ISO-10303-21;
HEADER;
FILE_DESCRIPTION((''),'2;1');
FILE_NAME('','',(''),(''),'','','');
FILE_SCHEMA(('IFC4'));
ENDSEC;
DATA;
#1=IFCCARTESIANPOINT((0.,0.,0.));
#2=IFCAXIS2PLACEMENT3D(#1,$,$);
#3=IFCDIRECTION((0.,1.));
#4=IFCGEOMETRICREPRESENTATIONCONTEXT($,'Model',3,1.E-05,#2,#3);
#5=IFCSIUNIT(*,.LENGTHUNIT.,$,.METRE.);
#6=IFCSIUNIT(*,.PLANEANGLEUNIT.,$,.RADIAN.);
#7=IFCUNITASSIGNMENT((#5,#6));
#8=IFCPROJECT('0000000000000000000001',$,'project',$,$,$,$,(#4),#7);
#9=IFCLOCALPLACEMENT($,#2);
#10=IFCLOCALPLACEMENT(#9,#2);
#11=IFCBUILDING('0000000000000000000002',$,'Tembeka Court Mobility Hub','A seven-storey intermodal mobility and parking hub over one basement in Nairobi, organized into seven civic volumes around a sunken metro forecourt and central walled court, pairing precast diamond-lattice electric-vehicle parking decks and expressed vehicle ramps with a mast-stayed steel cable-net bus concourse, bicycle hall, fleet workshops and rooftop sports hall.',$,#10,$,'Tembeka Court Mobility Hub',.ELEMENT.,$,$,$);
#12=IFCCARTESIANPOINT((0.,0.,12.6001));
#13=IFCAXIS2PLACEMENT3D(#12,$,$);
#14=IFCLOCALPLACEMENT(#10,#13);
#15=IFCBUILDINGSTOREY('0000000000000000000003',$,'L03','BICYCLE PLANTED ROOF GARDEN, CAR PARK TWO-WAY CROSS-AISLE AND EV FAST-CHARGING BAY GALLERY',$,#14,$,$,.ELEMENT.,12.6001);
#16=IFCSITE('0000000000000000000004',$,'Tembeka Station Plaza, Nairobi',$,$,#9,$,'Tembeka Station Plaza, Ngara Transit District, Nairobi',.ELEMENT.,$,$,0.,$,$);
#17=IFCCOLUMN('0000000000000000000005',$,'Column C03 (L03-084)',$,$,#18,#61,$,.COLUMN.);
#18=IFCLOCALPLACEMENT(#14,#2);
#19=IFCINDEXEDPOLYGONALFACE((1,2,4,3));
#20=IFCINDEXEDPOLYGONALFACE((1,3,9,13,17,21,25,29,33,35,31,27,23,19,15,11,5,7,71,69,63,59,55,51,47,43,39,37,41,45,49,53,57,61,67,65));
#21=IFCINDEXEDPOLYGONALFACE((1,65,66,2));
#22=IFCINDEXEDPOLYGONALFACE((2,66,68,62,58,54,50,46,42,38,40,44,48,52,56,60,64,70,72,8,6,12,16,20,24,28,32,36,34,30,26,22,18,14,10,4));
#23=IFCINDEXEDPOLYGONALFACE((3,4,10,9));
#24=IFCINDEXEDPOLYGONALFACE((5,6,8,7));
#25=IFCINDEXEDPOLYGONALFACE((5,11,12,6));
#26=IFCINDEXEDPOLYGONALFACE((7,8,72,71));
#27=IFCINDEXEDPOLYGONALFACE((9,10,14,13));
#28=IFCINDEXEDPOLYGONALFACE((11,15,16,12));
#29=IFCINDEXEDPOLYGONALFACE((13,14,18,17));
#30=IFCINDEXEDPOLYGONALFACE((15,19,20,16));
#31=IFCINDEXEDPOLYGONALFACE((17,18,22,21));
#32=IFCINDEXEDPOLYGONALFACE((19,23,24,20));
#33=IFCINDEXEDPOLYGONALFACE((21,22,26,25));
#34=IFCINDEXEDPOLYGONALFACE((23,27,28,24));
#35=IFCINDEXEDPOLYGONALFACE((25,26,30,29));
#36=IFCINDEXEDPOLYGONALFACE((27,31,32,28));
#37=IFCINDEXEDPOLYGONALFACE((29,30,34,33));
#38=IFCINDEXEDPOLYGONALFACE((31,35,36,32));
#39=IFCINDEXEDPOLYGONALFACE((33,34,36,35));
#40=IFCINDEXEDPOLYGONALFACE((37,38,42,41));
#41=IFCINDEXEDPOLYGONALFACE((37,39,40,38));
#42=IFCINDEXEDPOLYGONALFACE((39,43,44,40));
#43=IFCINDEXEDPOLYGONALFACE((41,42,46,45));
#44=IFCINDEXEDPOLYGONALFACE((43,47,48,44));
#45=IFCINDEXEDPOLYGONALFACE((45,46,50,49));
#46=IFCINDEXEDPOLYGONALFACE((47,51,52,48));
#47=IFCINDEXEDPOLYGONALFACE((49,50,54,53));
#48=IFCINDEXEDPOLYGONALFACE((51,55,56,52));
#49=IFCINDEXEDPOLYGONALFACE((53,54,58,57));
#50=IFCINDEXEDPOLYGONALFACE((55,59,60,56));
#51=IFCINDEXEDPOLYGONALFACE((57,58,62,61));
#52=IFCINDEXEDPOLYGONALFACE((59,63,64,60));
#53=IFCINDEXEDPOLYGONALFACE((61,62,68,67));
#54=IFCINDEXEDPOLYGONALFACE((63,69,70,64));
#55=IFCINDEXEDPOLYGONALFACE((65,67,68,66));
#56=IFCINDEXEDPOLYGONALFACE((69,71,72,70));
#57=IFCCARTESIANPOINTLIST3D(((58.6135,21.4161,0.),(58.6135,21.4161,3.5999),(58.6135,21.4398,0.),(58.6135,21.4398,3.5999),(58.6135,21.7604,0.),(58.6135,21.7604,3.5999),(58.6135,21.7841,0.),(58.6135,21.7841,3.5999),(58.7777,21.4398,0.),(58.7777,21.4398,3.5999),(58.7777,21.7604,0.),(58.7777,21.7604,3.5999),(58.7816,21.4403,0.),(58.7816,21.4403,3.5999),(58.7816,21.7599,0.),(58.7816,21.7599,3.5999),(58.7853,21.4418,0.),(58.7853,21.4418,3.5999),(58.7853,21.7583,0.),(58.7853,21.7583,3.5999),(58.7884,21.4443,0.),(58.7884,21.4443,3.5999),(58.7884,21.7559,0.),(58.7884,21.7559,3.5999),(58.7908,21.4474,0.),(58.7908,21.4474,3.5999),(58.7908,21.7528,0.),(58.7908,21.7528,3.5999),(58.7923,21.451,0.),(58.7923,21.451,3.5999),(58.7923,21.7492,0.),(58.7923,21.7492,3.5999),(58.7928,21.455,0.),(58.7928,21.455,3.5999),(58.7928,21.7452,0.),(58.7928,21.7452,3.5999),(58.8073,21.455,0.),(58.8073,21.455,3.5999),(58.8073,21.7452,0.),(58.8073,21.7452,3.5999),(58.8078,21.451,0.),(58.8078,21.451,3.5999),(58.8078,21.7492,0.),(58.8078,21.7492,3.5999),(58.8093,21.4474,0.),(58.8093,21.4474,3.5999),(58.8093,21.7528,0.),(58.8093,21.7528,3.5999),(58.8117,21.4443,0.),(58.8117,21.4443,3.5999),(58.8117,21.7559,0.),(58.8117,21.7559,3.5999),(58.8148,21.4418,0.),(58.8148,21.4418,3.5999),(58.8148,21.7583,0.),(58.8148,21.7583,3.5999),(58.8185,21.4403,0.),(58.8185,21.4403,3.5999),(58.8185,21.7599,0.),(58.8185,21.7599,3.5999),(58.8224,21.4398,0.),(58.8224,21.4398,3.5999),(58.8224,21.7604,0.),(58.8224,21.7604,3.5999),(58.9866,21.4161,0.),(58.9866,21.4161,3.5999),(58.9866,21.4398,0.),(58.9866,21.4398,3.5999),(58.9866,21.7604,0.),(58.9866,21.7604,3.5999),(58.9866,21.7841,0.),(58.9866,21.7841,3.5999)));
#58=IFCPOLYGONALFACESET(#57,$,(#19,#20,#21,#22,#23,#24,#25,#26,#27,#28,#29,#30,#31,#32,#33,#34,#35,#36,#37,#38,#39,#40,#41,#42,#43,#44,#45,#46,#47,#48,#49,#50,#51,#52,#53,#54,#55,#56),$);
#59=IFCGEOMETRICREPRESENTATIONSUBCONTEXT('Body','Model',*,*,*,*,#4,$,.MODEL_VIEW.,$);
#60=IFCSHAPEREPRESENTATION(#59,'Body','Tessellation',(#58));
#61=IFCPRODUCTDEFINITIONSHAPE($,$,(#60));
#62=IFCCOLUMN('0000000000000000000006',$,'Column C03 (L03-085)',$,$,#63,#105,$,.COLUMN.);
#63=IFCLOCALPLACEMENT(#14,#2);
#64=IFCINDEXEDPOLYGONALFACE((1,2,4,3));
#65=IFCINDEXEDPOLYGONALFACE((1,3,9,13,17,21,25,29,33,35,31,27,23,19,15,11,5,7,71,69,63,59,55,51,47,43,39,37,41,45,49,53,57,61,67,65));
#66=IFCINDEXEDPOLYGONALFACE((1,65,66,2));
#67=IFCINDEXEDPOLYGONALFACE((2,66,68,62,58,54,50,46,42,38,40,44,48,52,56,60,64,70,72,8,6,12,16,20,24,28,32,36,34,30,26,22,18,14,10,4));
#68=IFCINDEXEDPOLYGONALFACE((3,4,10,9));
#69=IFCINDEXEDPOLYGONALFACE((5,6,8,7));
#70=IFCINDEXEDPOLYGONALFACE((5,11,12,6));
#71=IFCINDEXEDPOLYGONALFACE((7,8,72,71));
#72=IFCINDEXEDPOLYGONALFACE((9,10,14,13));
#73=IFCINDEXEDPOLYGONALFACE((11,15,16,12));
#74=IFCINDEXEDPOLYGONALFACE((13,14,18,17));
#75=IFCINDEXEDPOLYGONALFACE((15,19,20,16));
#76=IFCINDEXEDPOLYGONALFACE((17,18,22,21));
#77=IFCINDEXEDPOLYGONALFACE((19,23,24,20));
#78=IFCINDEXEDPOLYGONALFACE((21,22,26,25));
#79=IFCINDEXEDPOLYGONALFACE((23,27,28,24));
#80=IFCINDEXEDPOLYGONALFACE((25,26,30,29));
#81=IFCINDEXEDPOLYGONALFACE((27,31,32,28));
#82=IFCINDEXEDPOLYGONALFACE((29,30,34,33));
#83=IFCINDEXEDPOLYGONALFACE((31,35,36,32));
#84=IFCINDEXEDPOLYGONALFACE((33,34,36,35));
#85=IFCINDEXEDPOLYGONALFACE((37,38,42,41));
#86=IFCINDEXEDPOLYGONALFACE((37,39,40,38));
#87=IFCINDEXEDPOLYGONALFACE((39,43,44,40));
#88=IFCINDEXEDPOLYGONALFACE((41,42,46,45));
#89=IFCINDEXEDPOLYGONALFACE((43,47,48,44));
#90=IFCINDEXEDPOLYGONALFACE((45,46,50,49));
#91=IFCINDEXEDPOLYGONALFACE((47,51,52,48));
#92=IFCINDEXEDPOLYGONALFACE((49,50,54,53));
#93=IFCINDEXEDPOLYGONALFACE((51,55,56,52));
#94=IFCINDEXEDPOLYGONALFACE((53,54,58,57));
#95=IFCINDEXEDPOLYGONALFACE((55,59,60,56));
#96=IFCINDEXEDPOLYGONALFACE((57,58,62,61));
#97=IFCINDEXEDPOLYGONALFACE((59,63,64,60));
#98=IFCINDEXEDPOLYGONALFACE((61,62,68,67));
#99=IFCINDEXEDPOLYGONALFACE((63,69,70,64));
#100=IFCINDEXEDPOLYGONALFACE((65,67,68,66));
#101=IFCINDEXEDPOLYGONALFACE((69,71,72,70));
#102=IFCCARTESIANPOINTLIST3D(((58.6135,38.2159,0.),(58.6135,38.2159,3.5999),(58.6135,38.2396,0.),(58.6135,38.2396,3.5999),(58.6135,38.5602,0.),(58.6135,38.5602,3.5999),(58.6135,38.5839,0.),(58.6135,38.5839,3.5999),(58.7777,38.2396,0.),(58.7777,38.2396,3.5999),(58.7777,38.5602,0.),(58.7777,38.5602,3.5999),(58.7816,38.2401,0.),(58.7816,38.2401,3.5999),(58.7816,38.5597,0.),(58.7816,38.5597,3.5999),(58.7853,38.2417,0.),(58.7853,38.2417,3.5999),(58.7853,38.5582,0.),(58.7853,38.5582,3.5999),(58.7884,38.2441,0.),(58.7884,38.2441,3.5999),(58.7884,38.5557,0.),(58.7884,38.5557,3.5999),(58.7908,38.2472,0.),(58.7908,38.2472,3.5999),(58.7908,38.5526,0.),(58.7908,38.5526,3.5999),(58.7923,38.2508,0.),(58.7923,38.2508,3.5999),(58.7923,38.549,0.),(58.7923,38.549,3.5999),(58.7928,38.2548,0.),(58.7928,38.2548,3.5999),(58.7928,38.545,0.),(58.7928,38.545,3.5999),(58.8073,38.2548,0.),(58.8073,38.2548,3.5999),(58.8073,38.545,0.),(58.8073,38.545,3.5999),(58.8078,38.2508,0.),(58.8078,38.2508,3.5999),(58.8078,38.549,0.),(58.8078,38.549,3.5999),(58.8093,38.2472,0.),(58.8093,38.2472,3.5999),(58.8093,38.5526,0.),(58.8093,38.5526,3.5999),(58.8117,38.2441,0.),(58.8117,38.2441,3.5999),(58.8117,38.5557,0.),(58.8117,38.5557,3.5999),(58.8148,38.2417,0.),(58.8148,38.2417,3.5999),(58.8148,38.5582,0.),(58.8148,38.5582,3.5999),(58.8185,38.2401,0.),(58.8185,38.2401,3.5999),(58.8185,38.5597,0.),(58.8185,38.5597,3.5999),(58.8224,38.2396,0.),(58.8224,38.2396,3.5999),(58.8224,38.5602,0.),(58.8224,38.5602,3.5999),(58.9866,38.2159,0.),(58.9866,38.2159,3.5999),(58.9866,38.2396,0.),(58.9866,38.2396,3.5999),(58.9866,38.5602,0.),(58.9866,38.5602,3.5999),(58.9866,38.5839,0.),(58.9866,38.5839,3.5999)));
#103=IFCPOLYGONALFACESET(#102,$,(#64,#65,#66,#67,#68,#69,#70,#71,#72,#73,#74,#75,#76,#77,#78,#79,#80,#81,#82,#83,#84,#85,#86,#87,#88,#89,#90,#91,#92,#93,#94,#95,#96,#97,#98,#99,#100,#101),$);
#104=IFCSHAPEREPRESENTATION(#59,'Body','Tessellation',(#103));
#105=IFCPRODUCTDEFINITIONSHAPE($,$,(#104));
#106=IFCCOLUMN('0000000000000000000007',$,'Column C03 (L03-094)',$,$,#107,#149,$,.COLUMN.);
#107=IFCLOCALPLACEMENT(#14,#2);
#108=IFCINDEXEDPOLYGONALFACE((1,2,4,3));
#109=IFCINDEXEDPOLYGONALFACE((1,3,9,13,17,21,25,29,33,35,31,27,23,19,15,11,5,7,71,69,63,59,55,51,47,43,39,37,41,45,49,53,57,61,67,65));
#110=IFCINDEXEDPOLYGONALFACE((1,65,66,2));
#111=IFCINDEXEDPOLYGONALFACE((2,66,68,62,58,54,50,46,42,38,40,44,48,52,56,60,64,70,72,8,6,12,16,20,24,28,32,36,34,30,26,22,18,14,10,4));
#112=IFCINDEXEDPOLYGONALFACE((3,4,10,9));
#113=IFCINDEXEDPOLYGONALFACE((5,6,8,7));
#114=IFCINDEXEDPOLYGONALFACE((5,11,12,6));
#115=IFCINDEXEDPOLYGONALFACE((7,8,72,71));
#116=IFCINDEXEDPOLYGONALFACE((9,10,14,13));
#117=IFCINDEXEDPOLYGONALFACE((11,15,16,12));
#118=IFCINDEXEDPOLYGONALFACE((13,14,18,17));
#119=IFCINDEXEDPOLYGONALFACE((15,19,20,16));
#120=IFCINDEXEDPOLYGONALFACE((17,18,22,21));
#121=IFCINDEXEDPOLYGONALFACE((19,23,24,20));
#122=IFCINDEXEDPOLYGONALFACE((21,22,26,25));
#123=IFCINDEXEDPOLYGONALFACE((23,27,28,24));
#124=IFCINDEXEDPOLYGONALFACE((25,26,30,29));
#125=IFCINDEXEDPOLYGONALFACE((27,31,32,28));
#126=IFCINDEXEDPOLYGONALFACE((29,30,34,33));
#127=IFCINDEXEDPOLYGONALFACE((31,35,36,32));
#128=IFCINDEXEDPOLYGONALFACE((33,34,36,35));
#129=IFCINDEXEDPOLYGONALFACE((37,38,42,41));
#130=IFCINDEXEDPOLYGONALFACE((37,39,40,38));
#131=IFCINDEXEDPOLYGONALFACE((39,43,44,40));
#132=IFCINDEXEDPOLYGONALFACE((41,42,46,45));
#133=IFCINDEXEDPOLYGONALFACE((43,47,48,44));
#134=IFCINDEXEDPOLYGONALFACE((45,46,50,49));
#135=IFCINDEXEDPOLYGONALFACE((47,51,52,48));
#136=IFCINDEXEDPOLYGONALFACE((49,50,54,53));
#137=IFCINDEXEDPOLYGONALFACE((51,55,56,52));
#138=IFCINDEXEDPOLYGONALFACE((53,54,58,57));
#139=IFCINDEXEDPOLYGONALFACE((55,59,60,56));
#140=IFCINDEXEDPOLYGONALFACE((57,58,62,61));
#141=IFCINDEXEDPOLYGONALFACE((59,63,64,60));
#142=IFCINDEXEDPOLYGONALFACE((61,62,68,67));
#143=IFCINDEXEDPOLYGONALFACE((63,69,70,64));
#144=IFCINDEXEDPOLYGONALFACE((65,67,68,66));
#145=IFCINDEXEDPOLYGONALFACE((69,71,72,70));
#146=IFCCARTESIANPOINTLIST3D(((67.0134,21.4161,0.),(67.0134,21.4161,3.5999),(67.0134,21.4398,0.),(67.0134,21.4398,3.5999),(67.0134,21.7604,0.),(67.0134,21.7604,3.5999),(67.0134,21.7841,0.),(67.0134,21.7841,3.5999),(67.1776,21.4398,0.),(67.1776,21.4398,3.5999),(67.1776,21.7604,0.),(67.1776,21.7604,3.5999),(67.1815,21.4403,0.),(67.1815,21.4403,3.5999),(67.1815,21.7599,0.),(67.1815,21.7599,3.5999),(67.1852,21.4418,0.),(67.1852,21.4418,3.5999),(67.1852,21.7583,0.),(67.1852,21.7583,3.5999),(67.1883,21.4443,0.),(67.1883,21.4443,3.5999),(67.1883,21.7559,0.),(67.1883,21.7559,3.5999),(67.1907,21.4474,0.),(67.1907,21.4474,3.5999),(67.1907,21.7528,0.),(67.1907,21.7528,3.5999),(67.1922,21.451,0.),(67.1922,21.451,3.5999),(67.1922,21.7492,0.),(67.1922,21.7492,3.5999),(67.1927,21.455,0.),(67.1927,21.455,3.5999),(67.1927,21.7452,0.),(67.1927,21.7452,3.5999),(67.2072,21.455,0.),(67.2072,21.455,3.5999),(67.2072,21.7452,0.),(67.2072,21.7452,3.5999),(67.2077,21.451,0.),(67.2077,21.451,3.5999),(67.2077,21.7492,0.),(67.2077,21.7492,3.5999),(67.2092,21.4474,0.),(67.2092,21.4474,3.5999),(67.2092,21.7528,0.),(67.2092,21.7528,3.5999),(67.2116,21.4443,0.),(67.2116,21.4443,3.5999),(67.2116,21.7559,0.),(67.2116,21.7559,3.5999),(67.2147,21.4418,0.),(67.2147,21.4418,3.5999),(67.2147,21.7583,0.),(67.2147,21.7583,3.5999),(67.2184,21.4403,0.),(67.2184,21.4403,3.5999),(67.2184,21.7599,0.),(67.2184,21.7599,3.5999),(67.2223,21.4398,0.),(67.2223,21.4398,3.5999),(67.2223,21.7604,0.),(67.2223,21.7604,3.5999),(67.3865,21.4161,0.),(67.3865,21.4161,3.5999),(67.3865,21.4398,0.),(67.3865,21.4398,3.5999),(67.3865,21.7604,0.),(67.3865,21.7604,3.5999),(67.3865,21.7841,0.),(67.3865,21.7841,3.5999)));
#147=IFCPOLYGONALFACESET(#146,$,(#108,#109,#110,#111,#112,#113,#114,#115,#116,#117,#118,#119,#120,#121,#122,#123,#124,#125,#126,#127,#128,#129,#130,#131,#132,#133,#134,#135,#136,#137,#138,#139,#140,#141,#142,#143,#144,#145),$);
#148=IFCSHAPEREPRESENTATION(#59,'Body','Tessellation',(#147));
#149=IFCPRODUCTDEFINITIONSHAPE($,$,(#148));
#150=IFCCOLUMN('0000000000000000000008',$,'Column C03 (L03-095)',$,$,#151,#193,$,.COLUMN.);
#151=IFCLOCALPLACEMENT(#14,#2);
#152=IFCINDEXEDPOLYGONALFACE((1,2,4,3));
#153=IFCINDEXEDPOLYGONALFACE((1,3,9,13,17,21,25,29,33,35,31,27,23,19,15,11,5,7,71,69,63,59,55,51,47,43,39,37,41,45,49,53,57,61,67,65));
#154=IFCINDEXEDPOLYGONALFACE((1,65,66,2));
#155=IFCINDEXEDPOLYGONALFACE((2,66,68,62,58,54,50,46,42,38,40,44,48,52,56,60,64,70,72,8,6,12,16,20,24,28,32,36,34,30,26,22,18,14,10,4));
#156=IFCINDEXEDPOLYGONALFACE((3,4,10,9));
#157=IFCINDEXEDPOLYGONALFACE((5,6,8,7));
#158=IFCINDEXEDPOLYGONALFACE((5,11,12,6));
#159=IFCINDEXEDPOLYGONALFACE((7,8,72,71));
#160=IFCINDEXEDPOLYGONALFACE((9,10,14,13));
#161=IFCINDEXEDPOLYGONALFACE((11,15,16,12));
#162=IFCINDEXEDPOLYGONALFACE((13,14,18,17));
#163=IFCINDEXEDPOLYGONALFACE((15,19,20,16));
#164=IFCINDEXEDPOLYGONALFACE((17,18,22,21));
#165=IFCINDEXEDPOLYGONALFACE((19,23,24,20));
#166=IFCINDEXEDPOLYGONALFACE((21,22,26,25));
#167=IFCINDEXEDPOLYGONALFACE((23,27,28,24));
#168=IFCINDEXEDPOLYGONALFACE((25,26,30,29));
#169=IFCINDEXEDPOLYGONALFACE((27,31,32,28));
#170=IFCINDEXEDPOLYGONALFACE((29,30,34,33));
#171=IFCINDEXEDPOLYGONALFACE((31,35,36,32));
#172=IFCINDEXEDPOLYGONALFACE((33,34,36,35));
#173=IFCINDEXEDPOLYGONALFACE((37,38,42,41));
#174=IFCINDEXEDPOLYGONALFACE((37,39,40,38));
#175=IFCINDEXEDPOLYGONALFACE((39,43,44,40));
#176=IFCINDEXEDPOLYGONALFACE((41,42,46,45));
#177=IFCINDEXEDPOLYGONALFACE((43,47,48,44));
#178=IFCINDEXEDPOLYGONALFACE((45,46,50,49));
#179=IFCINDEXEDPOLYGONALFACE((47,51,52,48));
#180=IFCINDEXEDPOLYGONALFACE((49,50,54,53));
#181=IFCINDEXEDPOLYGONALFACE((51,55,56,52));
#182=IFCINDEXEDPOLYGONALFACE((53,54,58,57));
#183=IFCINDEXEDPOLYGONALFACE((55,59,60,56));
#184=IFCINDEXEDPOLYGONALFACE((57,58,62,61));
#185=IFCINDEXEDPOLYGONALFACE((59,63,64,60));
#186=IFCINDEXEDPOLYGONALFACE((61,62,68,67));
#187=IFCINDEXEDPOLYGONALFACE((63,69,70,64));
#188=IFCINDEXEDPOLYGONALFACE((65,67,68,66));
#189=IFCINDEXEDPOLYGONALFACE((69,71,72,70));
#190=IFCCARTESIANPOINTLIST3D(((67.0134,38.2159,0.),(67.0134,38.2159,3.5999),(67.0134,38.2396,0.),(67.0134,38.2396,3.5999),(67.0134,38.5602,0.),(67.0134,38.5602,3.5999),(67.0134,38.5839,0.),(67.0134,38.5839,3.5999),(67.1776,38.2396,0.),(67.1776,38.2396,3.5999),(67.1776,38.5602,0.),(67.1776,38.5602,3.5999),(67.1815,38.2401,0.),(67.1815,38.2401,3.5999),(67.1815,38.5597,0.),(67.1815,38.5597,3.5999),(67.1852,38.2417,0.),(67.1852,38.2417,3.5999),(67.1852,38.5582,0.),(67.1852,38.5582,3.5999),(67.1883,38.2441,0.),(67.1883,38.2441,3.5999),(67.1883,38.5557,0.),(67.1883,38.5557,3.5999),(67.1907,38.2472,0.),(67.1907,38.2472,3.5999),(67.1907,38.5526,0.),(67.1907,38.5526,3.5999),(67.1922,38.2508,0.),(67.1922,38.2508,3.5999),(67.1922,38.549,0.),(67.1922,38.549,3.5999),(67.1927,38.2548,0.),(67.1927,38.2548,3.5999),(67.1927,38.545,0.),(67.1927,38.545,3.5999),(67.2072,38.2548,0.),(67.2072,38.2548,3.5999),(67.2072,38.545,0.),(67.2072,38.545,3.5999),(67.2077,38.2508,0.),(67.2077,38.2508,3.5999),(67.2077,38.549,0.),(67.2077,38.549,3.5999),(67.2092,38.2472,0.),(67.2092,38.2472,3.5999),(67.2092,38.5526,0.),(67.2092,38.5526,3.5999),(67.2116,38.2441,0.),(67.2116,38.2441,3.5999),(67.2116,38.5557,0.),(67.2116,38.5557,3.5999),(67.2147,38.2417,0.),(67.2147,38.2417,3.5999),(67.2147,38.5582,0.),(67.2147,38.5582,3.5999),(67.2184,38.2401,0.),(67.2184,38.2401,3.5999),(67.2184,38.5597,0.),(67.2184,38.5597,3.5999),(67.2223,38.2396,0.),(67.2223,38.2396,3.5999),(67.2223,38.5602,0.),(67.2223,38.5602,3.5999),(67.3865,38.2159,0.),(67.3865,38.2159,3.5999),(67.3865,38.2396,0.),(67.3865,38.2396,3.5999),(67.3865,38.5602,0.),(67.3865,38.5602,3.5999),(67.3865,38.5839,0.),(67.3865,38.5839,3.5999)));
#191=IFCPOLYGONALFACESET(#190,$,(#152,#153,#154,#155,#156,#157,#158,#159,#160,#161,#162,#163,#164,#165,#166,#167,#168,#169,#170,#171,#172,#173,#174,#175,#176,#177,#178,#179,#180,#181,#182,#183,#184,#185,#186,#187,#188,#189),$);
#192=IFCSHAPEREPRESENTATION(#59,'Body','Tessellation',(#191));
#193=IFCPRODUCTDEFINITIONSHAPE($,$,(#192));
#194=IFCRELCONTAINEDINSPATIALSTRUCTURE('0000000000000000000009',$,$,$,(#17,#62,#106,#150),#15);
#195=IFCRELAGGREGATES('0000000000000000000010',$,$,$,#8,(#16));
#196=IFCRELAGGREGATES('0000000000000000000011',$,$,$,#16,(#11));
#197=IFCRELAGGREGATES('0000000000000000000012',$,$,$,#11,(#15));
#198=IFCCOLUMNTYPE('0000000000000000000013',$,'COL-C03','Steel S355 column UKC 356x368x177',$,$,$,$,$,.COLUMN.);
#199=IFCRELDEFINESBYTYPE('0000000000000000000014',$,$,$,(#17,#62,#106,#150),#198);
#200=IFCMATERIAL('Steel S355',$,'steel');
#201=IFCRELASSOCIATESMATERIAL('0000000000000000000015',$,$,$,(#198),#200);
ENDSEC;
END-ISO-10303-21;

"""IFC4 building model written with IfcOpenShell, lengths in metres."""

from ifc_helpers import new_model, si_unit, direction, frame, origin, origin_2d, place, context, subcontext, project, spatial, i_section, extrude, material, material_profile, profile_set, type_object, element, save


model = new_model("IFC4")

# Units and contexts
model_context = context("Model", 3, precision=1e-05, world=origin(), true_north=direction((0.0, 1.0)))
body_context = subcontext(model_context, "Body", "Model", "MODEL_VIEW")
ifc_project = project(units=[si_unit("LENGTHUNIT", "METRE"), si_unit("PLANEANGLEUNIT", "RADIAN")], contexts=[model_context])

# Site, building, storey
site_placement = place(None, origin())
site = spatial("IfcSite", under=ifc_project, at=site_placement, Name="Tembeka Station Plaza, Nairobi", LongName="Tembeka Station Plaza, Ngara Transit District, Nairobi", CompositionType="ELEMENT", RefElevation=0.0)
building_placement = place(site_placement, origin())
building = spatial("IfcBuilding", under=site, at=building_placement, Name="Tembeka Court Mobility Hub", Description="A seven-storey intermodal mobility and parking hub over one basement in Nairobi, organized into seven civic volumes around a sunken metro forecourt and central walled court, pairing precast diamond-lattice electric-vehicle parking decks and expressed vehicle ramps with a mast-stayed steel cable-net bus concourse, bicycle hall, fleet workshops and rooftop sports hall.", LongName="Tembeka Court Mobility Hub", CompositionType="ELEMENT")
storey_placement = place(building_placement, frame((0.0, 0.0, 12.6001)))
storey = spatial("IfcBuildingStorey", under=building, at=storey_placement, Name="L03", Description="BICYCLE PLANTED ROOF GARDEN, CAR PARK TWO-WAY CROSS-AISLE AND EV FAST-CHARGING BAY GALLERY", CompositionType="ELEMENT", Elevation=12.6001)

# Columns
ifc_material_1 = material(Name="Steel S355", Category="steel")
ifc_material_profile_1 = material_profile(ifc_material_1, i_section(OverallWidth=0.373, OverallDepth=0.3679, WebThickness=0.0144, FlangeThickness=0.0237, FilletRadius=0.0151, at=origin_2d()), Name="UKC 356x368x177")
ifc_profile_set_1 = profile_set([ifc_material_profile_1], Name="Steel S355")
column_type = type_object("IfcColumnType", Name="COL-C03", Description="Steel S355 column UKC 356x368x177", PredefinedType="COLUMN", material=ifc_profile_set_1)
for number, where, z_axis, x_axis, name in (
    (1, (58.8, 21.6001, 0.0), (0.0, 0.0, 1.0), (1.0, 0.0, 0.0), "Column C03 (L03-084)"),
    (2, (58.8, 38.3999, 0.0), (0.0, 0.0, 1.0), (1.0, 0.0, 0.0), "Column C03 (L03-085)"),
    (3, (67.2, 21.6001, 0.0), (0.0, 0.0, 1.0), (1.0, 0.0, 0.0), "Column C03 (L03-094)"),
    (4, (67.2, 38.3999, 0.0), (0.0, 0.0, 1.0), (1.0, 0.0, 0.0), "Column C03 (L03-095)"),
):
    element("IfcColumn", number, at=place(storey_placement, frame(where, z_axis=z_axis, x_axis=x_axis)), inside=storey, type_object=column_type, Name=name, PredefinedType="COLUMN", context=body_context, shape_type="SweptSolid", body=[
        extrude(i_section(OverallWidth=0.373, OverallDepth=0.3679, WebThickness=0.0144, FlangeThickness=0.0237, FilletRadius=0.0151, at=origin_2d()), origin(), (0.0, 0.0, 1.0), 3.5999),
    ])

save(model, "model.ifc")
